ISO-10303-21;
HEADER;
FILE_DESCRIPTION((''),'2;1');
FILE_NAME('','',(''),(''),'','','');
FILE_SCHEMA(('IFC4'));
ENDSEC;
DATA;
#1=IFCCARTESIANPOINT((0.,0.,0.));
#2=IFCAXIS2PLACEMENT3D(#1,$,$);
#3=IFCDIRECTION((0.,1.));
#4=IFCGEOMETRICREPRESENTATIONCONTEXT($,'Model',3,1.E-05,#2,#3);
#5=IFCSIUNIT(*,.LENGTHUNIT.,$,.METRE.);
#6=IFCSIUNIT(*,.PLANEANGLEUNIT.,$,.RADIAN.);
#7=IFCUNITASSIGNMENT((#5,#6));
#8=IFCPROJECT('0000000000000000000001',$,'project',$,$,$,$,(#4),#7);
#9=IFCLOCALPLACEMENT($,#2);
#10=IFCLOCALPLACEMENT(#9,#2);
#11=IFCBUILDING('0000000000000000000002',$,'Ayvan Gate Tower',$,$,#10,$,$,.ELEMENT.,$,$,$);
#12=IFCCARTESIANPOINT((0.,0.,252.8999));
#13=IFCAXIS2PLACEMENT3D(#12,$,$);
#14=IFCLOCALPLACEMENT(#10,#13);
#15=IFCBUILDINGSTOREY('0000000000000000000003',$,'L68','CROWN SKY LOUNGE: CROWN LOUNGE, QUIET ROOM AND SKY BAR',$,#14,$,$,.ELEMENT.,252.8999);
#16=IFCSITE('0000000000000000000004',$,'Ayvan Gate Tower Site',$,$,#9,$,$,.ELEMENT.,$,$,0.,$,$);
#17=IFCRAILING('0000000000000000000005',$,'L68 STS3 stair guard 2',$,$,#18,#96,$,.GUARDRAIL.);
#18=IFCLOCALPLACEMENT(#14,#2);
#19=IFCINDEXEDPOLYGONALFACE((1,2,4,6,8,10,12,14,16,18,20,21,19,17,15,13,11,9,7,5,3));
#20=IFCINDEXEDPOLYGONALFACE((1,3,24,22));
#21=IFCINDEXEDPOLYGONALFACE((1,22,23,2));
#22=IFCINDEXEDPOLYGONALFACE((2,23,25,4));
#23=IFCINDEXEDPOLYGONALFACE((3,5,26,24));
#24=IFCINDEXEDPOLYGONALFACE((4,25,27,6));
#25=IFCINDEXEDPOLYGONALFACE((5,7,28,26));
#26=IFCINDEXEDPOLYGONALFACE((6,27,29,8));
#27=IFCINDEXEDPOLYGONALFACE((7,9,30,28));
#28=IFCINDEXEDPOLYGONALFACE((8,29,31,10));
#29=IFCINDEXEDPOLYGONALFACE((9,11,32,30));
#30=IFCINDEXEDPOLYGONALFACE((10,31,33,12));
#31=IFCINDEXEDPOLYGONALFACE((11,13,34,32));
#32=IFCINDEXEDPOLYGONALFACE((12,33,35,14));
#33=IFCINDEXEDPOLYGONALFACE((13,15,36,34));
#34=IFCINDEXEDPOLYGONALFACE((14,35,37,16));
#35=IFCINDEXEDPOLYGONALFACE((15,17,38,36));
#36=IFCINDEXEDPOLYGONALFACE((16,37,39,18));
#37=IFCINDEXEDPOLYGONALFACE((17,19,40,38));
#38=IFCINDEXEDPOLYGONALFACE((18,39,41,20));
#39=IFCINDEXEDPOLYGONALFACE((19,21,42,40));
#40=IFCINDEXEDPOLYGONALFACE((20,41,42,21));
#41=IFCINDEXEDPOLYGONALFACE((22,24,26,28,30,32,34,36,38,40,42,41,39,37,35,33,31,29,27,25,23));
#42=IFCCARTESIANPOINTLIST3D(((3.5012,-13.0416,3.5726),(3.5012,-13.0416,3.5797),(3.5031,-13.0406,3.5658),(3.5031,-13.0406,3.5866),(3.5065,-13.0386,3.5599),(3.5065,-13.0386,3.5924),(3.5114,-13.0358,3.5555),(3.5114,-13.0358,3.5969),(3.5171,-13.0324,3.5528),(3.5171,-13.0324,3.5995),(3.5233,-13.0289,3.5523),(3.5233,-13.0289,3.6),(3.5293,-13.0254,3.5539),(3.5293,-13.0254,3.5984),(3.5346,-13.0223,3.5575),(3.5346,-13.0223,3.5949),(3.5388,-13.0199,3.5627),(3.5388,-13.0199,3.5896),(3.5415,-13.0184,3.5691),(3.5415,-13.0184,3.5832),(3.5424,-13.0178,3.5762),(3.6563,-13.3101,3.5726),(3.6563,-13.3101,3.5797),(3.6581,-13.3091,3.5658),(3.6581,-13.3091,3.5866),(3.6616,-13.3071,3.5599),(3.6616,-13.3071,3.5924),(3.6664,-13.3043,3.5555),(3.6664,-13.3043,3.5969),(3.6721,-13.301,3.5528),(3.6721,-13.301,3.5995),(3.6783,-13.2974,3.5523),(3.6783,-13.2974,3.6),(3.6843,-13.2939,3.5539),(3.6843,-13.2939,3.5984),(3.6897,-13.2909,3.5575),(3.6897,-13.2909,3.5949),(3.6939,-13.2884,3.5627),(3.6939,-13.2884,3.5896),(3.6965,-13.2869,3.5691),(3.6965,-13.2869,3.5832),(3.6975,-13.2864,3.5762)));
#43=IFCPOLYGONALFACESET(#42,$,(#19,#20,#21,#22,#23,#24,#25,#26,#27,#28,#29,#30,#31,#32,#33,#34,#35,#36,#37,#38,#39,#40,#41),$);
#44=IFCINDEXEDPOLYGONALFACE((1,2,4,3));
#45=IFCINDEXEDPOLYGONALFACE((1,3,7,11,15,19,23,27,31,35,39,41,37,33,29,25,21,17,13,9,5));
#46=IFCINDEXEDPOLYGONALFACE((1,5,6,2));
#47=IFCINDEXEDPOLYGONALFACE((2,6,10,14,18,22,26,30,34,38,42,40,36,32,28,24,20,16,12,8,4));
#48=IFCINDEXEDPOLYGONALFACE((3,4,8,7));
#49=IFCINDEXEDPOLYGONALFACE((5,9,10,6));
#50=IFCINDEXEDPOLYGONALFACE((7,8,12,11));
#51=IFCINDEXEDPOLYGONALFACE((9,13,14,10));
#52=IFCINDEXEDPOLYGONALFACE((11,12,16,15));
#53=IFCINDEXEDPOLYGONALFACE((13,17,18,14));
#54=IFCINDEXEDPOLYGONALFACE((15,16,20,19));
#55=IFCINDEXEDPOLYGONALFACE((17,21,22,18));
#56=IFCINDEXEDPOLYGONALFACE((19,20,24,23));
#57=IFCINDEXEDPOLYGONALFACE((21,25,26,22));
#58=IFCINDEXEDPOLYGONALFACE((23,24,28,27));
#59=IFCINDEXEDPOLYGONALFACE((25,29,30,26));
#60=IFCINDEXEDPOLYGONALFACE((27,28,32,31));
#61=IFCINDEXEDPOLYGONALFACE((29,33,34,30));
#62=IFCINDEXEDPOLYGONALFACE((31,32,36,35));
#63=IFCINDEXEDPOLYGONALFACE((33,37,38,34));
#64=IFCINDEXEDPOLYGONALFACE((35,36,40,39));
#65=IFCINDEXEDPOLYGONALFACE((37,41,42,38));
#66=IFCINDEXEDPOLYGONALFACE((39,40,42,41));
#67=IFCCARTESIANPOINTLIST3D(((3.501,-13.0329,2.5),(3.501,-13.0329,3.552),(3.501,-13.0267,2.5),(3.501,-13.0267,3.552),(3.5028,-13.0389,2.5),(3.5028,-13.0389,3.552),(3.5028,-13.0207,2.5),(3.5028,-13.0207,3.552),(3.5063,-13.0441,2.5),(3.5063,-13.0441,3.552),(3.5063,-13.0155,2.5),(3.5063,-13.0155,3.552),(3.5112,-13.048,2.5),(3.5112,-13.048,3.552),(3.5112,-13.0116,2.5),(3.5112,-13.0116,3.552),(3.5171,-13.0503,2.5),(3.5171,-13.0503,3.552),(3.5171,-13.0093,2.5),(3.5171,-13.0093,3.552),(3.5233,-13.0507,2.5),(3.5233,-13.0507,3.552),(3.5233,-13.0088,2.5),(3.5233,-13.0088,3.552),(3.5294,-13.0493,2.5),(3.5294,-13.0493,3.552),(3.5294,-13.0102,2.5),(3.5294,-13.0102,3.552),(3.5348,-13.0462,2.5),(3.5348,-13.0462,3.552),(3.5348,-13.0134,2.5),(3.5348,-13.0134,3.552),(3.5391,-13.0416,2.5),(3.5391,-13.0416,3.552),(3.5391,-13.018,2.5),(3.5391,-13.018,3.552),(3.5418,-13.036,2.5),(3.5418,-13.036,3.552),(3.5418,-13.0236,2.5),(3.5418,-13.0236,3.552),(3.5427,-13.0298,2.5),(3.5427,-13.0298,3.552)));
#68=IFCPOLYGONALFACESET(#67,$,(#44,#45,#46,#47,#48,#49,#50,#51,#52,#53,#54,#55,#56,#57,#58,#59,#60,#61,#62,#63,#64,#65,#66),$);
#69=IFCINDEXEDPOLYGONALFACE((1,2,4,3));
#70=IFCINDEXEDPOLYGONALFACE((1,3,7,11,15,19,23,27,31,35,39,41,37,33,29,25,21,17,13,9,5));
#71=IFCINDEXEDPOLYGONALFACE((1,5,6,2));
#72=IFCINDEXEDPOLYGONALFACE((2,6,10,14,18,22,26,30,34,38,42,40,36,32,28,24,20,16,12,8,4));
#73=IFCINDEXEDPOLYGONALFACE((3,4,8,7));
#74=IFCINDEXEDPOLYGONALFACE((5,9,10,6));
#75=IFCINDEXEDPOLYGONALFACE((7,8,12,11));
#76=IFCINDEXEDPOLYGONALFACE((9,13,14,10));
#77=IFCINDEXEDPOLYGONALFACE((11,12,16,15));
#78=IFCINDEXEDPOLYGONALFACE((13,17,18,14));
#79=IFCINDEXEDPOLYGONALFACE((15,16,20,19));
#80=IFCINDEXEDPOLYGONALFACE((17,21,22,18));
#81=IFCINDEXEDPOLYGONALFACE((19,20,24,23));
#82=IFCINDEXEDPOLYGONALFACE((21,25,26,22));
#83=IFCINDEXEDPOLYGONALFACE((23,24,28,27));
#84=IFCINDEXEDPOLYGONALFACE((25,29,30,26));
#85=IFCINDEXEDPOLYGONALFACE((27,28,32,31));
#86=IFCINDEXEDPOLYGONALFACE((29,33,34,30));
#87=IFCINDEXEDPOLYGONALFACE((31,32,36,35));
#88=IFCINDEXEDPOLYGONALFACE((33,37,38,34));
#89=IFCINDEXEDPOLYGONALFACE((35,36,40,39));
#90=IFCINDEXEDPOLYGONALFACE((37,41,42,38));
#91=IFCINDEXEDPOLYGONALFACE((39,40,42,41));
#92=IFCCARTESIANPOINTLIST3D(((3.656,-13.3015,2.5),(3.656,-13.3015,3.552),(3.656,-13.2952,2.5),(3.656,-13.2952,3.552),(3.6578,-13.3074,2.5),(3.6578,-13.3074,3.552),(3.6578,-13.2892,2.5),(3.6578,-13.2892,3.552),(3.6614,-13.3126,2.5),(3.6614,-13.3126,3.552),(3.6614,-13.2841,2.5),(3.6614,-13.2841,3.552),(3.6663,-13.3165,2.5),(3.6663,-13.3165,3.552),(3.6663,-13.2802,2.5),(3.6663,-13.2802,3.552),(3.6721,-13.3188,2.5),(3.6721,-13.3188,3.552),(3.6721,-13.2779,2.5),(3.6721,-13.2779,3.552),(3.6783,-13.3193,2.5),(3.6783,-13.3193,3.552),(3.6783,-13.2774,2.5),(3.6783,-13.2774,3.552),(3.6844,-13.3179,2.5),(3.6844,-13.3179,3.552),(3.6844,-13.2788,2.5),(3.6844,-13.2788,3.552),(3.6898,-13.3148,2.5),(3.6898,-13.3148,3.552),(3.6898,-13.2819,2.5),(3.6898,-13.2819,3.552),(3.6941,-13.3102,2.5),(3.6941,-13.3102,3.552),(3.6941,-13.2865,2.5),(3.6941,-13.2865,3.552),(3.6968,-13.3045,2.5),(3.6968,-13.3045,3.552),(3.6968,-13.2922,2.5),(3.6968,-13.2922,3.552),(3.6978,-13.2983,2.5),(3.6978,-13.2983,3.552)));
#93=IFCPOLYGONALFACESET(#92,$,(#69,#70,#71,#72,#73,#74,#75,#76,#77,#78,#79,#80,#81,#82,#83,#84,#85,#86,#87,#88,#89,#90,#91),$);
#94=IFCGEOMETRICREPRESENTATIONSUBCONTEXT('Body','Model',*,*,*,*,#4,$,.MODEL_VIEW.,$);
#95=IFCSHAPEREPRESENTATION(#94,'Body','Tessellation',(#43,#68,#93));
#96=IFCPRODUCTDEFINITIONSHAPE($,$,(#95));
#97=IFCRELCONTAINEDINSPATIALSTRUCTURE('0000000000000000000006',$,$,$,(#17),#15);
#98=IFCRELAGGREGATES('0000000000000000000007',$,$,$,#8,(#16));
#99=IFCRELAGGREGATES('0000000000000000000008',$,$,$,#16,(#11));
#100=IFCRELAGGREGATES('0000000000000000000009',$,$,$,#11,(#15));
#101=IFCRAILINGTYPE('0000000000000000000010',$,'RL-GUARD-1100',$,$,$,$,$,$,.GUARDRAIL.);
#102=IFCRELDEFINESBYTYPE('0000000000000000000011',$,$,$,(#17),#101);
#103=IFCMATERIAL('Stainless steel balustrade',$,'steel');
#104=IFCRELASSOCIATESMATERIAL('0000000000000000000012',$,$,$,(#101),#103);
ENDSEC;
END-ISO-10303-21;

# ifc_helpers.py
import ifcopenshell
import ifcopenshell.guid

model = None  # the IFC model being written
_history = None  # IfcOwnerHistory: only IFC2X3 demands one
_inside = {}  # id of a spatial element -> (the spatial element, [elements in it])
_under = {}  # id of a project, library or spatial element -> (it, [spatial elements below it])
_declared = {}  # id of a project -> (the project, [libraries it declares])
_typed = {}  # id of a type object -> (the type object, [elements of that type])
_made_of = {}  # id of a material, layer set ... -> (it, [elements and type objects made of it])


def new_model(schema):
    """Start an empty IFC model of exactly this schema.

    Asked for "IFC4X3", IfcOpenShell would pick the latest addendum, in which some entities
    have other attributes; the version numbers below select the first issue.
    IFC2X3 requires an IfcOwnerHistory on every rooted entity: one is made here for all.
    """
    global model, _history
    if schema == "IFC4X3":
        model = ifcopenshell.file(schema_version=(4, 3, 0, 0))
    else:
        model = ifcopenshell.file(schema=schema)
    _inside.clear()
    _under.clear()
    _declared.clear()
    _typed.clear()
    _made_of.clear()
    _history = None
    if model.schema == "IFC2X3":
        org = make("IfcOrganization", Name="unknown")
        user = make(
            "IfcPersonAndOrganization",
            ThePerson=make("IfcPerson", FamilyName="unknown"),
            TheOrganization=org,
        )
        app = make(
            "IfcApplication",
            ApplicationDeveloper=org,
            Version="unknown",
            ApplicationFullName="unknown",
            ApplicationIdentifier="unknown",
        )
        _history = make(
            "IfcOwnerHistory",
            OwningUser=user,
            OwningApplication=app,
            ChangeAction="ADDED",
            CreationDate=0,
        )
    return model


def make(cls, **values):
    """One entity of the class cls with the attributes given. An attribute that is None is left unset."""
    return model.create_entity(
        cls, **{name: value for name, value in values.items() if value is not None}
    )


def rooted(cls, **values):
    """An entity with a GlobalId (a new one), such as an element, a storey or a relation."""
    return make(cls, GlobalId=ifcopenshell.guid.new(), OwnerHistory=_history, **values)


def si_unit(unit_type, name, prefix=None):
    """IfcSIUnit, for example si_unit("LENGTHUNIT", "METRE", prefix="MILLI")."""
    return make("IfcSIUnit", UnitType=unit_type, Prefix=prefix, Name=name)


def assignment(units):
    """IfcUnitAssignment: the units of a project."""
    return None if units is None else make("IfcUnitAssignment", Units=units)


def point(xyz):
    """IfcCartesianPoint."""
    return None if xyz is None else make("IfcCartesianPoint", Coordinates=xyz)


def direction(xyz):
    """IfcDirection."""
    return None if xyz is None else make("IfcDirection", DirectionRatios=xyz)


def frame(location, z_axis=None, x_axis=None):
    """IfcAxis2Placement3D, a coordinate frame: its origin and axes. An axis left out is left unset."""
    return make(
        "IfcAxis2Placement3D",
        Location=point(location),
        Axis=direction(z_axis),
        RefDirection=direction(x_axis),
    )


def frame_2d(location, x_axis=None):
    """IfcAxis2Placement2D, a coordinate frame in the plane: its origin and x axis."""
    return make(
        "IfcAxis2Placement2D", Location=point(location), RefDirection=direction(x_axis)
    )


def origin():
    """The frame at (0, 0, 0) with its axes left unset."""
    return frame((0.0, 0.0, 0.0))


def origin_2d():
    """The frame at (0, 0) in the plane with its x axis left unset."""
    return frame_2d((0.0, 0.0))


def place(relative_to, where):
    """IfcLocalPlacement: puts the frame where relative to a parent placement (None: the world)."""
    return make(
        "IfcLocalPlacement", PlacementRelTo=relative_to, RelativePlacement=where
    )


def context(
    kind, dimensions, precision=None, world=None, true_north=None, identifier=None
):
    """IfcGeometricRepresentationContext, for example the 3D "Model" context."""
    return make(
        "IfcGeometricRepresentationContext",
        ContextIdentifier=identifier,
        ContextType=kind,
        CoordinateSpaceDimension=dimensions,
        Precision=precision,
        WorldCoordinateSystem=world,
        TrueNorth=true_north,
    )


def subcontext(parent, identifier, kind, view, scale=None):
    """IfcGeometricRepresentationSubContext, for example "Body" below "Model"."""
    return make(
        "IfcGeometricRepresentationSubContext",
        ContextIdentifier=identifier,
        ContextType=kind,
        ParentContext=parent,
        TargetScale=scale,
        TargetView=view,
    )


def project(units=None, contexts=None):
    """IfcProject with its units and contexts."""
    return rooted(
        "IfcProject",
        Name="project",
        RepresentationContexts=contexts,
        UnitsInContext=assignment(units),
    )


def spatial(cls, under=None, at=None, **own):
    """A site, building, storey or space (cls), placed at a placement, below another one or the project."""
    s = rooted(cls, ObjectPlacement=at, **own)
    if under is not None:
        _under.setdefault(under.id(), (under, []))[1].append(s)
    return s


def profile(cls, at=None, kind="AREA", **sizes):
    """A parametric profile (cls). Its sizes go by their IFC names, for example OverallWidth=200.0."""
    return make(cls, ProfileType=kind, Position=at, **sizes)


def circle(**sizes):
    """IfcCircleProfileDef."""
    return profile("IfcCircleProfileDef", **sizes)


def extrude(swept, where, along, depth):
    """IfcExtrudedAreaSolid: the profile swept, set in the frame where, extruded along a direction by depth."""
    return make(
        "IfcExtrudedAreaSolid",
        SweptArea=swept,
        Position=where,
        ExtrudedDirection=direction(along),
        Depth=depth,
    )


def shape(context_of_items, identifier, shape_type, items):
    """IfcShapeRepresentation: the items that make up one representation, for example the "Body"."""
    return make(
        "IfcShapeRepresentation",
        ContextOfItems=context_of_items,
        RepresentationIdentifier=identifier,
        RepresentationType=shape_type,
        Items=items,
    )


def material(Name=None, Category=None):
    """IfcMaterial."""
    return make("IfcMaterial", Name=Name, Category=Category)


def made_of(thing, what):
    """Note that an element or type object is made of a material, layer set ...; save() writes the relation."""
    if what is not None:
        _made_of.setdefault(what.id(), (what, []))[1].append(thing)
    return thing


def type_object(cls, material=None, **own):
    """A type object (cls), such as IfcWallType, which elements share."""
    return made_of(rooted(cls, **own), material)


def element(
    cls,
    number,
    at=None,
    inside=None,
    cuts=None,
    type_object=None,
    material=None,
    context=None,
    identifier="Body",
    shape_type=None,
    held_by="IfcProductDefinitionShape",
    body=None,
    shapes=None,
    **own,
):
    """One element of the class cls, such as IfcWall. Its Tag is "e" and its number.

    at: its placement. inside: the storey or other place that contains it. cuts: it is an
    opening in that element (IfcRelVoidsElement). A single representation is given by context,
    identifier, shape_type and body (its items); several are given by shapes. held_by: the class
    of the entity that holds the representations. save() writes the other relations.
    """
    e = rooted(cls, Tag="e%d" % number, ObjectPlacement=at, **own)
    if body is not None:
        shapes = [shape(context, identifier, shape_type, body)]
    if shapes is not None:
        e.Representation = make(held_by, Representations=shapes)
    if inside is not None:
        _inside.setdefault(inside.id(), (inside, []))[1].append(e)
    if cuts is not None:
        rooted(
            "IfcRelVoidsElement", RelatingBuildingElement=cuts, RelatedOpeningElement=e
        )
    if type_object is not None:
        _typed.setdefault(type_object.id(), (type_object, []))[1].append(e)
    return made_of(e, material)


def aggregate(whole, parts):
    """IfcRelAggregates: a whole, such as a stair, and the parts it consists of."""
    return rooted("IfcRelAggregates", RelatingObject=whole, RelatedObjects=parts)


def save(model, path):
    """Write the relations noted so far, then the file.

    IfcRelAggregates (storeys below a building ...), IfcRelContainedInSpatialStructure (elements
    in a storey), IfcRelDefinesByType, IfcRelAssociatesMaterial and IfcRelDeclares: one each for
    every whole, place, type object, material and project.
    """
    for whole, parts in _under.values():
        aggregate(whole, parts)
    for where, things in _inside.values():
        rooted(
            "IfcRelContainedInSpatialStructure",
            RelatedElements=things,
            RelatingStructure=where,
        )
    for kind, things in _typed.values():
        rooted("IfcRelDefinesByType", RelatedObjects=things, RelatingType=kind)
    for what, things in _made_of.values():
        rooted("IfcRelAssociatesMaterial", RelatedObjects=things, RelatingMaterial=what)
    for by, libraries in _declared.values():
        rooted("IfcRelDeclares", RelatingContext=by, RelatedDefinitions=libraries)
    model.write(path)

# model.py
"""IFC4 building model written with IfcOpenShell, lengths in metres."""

from ifc_helpers import new_model, si_unit, direction, frame, origin, origin_2d, place, context, subcontext, project, spatial, circle, extrude, material, type_object, element, save


model = new_model("IFC4")

# Units and contexts
model_context = context("Model", 3, precision=1e-05, world=origin(), true_north=direction((0.0, 1.0)))
body_context = subcontext(model_context, "Body", "Model", "MODEL_VIEW")
ifc_project = project(units=[si_unit("LENGTHUNIT", "METRE"), si_unit("PLANEANGLEUNIT", "RADIAN")], contexts=[model_context])

# Site, building, storey
site_placement = place(None, origin())
site = spatial("IfcSite", under=ifc_project, at=site_placement, Name="Ayvan Gate Tower Site", CompositionType="ELEMENT", RefElevation=0.0)
building_placement = place(site_placement, origin())
building = spatial("IfcBuilding", under=site, at=building_placement, Name="Ayvan Gate Tower", CompositionType="ELEMENT")
storey_placement = place(building_placement, frame((0.0, 0.0, 252.8999)))
storey = spatial("IfcBuildingStorey", under=building, at=storey_placement, Name="L68", Description="CROWN SKY LOUNGE: CROWN LOUNGE, QUIET ROOM AND SKY BAR", CompositionType="ELEMENT", Elevation=252.8999)

# Railing
ifc_material_1 = material(Name="Stainless steel balustrade", Category="steel")
railing_type_1 = type_object("IfcRailingType", Name="RL-GUARD-1100", PredefinedType="GUARDRAIL", material=ifc_material_1)
railing_1_placement = place(storey_placement, frame((3.5217, -13.0298, 2.5)))
element("IfcRailing", 1, at=railing_1_placement, inside=storey, type_object=railing_type_1, Name="L68 STS3 stair guard 2", PredefinedType="GUARDRAIL", context=body_context, shape_type="SweptSolid", body=[
    extrude(circle(Radius=0.0239, at=origin_2d()), frame((0.0, 0.0, 1.0762), z_axis=(0.49995, -0.866054, 0.0), x_axis=(0.866054, 0.49995, 0.0)), (0.0, 0.0, 1.0), 0.3101),
    extrude(circle(Radius=0.021, at=origin_2d()), origin(), (0.0, 0.0, 1.0), 1.052),
    extrude(circle(Radius=0.021, at=origin_2d()), frame((0.155, -0.2686, 0.0)), (0.0, 0.0, 1.0), 1.052),
])

save(model, "model.ifc")
